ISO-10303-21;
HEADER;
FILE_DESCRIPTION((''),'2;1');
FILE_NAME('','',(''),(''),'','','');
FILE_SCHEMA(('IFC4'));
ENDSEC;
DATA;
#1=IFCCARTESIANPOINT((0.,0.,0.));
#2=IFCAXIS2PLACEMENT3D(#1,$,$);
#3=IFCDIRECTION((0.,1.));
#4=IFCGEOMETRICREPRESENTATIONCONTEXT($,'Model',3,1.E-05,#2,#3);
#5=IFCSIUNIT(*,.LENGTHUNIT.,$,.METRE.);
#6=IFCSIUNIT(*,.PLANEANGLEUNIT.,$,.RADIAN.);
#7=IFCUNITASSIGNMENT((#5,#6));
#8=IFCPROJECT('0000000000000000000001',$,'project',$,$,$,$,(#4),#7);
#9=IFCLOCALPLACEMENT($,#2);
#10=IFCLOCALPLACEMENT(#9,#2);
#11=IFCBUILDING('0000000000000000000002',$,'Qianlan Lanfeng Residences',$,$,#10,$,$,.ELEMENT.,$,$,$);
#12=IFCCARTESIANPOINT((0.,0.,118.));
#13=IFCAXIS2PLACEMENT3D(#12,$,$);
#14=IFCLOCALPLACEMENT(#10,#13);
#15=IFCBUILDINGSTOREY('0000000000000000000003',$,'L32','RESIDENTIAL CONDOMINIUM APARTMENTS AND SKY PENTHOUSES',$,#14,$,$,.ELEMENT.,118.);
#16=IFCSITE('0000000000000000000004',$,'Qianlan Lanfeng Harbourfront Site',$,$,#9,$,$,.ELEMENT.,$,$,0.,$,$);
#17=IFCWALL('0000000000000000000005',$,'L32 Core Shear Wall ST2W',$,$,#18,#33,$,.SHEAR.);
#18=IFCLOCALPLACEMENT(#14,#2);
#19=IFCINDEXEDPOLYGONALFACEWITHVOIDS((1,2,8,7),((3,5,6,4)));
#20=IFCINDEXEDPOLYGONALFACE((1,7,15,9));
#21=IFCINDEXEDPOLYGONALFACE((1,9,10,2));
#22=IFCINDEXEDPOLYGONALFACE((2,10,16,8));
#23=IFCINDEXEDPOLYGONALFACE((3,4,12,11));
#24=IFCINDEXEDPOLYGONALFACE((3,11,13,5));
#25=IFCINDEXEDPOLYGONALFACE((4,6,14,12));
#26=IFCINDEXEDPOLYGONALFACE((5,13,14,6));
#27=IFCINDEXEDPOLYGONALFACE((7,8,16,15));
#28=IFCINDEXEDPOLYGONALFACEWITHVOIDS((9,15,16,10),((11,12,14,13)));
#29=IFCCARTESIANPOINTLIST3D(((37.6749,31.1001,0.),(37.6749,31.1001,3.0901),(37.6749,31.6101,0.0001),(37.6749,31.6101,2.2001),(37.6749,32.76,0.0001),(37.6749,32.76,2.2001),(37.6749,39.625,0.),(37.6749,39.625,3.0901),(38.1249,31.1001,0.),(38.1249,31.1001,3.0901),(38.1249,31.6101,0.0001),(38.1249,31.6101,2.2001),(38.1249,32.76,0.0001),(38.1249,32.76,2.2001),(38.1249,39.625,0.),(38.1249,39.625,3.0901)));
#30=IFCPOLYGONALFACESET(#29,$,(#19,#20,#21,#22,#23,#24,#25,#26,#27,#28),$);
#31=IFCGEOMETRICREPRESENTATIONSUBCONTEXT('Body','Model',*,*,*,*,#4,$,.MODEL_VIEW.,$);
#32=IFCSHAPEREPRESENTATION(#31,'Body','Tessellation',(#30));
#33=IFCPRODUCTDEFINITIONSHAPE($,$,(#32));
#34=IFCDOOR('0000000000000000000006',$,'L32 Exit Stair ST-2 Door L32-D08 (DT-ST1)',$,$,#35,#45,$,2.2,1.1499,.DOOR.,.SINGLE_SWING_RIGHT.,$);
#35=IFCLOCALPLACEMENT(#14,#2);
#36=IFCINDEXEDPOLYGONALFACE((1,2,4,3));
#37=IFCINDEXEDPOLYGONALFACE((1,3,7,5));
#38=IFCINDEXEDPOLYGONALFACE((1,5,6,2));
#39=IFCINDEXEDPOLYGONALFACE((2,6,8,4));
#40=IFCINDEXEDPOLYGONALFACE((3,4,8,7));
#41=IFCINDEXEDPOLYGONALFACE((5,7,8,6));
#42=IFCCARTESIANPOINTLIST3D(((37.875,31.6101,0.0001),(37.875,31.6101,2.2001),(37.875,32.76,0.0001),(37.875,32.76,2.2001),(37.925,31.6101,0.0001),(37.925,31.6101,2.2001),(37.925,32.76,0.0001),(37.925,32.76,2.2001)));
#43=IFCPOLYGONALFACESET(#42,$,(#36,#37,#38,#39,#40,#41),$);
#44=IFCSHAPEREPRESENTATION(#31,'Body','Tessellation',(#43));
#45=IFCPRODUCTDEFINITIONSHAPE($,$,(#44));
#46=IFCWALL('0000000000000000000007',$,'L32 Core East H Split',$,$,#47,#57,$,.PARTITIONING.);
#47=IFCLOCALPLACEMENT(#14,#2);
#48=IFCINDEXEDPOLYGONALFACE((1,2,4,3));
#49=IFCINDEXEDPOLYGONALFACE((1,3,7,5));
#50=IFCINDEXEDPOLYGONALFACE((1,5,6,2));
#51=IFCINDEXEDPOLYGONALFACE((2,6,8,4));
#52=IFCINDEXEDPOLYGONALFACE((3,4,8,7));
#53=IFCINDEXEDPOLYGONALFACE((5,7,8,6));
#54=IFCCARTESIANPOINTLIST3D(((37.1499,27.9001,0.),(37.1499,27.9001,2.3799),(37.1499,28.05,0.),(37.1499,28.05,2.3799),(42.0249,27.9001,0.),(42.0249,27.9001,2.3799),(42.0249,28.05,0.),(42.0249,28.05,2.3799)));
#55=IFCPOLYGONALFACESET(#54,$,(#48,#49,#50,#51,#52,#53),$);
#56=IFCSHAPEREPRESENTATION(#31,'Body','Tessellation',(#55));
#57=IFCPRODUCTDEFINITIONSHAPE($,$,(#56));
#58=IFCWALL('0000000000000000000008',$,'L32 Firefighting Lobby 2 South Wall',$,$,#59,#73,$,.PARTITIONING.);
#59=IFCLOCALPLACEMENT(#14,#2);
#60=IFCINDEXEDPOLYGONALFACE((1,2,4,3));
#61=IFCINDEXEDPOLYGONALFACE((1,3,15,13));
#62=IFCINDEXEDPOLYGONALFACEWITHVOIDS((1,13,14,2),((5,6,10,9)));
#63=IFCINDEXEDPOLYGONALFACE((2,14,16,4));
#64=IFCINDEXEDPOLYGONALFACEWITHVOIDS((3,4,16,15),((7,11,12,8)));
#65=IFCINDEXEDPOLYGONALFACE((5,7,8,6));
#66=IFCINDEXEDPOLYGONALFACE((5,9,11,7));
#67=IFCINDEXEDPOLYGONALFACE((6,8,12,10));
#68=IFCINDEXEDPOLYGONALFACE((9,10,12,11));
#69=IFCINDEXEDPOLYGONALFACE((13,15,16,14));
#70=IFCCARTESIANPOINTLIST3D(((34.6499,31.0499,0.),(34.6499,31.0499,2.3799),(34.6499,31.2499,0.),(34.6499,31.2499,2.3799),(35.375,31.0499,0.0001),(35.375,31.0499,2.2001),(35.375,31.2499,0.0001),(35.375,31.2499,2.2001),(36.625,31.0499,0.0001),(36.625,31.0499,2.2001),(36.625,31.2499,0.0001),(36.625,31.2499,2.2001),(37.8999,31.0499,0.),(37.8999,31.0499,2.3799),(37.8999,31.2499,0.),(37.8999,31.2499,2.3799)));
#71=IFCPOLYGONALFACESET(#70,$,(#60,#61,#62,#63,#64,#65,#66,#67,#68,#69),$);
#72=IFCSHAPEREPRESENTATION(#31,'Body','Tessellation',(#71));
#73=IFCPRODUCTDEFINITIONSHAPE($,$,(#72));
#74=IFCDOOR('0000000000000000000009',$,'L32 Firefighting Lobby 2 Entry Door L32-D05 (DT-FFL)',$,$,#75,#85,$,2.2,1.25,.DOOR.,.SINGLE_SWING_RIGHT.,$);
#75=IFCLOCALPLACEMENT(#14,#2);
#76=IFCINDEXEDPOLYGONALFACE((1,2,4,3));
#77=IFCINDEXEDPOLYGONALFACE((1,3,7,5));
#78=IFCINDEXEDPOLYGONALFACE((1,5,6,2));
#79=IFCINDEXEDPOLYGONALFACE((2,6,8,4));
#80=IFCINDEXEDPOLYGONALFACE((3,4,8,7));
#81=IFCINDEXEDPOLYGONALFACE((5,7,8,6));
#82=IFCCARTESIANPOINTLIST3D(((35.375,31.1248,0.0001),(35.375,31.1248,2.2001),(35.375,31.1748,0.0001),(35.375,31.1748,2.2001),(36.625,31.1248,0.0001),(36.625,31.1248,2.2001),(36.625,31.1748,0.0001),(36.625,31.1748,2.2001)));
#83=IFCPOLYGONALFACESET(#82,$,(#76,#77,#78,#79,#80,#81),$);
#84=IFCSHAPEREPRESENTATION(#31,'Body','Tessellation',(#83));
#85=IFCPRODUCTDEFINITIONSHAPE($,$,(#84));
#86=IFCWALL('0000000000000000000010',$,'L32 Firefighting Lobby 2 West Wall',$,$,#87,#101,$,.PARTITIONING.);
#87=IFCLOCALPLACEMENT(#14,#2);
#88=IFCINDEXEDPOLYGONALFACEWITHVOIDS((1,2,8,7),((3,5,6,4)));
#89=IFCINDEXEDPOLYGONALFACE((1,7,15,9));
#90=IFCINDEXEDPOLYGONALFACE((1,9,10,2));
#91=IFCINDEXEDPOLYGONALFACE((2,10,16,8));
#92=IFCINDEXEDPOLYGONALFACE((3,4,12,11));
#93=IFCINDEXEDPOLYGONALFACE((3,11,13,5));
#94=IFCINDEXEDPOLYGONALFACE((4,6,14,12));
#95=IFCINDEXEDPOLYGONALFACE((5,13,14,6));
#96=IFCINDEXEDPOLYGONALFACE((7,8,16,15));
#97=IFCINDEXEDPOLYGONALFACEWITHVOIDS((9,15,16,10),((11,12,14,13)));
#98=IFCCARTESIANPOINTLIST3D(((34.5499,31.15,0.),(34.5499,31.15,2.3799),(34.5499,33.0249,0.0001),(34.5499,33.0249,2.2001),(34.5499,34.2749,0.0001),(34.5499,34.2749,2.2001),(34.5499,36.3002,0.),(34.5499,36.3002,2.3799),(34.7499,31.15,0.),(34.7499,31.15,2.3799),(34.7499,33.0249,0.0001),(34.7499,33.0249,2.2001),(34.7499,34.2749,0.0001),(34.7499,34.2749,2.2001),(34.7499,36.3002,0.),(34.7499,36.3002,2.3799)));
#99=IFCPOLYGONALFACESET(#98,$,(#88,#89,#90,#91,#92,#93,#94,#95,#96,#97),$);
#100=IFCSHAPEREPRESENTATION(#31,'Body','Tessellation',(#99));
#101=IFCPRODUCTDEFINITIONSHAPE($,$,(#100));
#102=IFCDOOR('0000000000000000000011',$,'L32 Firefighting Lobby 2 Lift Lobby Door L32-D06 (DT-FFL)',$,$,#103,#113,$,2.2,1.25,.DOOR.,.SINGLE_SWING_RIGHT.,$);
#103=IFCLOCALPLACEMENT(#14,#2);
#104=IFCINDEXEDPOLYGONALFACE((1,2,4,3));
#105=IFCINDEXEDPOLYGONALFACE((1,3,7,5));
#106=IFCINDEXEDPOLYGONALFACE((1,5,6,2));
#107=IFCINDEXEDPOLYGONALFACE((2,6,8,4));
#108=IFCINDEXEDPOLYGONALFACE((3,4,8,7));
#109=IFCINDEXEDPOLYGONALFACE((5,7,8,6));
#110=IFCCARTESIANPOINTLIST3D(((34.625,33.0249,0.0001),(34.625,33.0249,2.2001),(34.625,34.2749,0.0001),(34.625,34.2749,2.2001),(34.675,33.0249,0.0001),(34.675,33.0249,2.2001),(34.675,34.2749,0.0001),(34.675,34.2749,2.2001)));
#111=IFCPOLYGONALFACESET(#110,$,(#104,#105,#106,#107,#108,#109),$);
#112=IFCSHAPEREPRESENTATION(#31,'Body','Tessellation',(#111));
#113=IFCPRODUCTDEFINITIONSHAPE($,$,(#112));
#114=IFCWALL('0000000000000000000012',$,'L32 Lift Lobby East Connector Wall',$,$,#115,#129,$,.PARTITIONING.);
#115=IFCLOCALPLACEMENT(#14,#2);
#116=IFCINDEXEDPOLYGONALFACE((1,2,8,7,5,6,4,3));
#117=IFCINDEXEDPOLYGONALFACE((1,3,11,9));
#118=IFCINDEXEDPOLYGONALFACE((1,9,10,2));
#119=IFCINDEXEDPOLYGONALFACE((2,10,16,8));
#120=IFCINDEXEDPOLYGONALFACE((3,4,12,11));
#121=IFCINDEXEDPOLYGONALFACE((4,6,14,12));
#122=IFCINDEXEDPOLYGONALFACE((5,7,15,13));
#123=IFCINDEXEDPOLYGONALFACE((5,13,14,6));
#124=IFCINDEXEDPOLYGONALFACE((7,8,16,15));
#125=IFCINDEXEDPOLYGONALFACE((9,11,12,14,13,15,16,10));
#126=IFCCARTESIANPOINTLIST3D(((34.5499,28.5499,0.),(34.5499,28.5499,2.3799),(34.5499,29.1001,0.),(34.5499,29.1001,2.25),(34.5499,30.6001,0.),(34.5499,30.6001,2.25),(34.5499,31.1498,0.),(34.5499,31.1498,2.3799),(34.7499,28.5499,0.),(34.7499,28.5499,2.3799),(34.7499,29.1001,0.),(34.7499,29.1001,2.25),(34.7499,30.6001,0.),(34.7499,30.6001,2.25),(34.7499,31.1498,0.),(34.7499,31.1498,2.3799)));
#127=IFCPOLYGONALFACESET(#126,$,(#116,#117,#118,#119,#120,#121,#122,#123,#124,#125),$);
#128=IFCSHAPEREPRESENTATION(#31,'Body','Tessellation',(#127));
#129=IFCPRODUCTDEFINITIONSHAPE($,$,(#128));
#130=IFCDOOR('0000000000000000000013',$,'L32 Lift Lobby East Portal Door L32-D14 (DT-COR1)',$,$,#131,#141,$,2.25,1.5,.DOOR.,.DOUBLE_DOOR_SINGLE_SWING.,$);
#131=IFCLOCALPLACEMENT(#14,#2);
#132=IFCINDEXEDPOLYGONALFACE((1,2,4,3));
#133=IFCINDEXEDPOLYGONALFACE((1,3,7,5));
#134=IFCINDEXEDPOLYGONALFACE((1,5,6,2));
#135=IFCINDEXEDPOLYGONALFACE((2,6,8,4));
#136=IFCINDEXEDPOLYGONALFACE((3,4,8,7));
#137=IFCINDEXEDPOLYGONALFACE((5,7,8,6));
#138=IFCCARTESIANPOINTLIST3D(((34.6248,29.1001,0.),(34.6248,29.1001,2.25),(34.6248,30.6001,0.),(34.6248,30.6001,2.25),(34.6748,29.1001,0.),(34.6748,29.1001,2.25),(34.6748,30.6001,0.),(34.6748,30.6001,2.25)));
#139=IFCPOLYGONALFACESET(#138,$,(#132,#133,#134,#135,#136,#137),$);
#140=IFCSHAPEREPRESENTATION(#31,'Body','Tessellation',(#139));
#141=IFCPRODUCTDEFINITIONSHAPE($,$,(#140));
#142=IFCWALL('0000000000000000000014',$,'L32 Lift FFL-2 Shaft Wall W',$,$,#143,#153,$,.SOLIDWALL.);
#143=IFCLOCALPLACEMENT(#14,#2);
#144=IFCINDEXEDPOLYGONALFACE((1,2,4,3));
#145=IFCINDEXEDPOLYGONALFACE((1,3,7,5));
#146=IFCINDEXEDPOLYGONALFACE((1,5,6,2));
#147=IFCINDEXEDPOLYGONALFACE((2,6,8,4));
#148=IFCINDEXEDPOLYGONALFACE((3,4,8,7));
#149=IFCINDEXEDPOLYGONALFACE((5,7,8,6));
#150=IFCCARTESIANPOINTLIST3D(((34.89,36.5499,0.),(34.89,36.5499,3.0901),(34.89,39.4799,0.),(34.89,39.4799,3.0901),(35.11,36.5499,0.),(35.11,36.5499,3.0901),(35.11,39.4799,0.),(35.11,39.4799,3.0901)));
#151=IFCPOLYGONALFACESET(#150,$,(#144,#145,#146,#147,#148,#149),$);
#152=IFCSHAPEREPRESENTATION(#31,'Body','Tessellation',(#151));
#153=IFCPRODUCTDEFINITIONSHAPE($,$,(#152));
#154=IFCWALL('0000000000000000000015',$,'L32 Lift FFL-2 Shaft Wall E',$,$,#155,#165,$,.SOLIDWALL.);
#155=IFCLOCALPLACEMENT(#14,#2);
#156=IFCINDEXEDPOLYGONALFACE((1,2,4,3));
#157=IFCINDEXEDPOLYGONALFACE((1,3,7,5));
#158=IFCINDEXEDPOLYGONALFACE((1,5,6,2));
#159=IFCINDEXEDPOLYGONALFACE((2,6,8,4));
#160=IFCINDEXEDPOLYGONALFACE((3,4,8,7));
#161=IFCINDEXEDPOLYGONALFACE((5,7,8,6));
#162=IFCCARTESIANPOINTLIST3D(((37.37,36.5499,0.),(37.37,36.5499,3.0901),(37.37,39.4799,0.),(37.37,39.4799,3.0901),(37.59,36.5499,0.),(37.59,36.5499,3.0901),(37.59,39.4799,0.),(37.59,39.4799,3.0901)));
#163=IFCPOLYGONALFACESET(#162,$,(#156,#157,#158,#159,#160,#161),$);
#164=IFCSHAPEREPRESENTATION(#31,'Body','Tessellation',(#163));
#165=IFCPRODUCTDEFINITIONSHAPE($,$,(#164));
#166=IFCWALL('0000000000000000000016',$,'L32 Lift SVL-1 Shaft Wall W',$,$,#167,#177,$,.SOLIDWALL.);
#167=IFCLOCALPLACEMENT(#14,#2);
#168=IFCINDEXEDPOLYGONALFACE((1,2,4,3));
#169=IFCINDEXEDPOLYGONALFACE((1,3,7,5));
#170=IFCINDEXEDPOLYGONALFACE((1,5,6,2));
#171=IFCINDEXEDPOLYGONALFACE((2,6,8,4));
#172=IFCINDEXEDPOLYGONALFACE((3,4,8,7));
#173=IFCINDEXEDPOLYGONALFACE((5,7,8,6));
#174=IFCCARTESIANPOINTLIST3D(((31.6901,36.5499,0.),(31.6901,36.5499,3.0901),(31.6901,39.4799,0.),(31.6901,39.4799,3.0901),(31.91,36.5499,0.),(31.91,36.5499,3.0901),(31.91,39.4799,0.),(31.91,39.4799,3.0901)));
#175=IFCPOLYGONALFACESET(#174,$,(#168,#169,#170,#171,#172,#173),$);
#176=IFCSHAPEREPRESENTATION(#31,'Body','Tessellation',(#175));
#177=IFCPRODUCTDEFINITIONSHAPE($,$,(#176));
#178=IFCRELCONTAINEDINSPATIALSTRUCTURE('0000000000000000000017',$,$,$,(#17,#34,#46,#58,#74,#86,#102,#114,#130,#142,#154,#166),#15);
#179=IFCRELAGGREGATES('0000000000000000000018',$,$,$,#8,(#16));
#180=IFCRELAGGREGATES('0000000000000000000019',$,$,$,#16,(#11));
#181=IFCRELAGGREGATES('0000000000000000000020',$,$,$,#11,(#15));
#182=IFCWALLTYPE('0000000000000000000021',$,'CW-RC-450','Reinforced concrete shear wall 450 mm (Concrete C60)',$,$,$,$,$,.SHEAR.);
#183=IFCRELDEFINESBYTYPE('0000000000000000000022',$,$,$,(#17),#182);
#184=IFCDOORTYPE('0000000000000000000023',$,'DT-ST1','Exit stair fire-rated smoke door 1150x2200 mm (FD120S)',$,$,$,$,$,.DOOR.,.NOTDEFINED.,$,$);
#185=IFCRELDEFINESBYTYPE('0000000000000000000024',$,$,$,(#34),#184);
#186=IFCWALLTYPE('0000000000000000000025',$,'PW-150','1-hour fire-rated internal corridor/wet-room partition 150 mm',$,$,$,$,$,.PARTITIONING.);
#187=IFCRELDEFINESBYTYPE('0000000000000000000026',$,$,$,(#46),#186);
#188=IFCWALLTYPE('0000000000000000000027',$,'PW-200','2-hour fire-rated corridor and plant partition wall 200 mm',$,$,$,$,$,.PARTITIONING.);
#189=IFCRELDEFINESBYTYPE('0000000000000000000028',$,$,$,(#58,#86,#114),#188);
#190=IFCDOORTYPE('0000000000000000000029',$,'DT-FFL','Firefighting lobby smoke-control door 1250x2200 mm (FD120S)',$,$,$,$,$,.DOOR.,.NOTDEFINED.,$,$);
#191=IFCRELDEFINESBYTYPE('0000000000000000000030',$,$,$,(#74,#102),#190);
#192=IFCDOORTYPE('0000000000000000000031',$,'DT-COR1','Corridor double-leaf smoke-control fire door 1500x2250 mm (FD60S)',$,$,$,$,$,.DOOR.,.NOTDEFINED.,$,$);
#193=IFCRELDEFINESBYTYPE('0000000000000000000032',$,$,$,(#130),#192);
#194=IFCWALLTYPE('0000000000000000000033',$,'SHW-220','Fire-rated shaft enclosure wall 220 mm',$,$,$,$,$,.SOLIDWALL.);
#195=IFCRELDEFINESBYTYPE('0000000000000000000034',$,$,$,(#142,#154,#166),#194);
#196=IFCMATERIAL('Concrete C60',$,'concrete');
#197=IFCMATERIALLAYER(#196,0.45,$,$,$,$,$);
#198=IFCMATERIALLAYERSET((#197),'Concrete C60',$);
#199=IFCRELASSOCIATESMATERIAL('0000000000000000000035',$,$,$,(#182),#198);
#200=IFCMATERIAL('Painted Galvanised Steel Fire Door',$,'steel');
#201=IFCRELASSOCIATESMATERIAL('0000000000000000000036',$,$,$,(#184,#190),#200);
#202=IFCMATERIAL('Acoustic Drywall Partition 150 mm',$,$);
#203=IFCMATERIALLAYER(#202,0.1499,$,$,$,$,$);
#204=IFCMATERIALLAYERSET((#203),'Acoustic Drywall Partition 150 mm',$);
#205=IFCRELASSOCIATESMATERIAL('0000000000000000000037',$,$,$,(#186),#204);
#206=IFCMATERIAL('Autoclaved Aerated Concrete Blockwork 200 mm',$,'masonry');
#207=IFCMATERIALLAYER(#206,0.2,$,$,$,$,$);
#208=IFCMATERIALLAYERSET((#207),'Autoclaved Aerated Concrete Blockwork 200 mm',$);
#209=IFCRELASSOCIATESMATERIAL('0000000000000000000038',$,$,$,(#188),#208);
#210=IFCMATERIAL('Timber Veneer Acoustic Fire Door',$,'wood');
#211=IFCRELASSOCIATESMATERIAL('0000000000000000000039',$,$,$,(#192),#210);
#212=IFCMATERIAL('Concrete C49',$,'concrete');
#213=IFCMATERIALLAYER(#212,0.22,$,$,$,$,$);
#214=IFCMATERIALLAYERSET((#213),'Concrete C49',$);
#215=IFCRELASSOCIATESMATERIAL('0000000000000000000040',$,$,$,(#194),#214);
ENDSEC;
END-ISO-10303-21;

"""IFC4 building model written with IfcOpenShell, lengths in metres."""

from ifc_helpers import new_model, si_unit, direction, frame, frame_2d, origin, place, context, subcontext, project, spatial, rectangle, extrude, material, layer, layer_set, type_object, element, fill, save


model = new_model("IFC4")

# Units and contexts
model_context = context("Model", 3, precision=1e-05, world=origin(), true_north=direction((0.0, 1.0)))
body_context = subcontext(model_context, "Body", "Model", "MODEL_VIEW")
ifc_project = project(units=[si_unit("LENGTHUNIT", "METRE"), si_unit("PLANEANGLEUNIT", "RADIAN")], contexts=[model_context])

# Site, building, storey
site_placement = place(None, origin())
site = spatial("IfcSite", under=ifc_project, at=site_placement, Name="Qianlan Lanfeng Harbourfront Site", CompositionType="ELEMENT", RefElevation=0.0)
building_placement = place(site_placement, origin())
building = spatial("IfcBuilding", under=site, at=building_placement, Name="Qianlan Lanfeng Residences", CompositionType="ELEMENT")
storey_placement = place(building_placement, frame((0.0, 0.0, 118.0)))
storey = spatial("IfcBuildingStorey", under=building, at=storey_placement, Name="L32", Description="RESIDENTIAL CONDOMINIUM APARTMENTS AND SKY PENTHOUSES", CompositionType="ELEMENT", Elevation=118.0)

# Wall, opening, door
ifc_material_1 = material(Name="Concrete C60", Category="concrete")
ifc_layer_1 = layer(ifc_material_1, 0.45)
ifc_layer_set_1 = layer_set([ifc_layer_1], Name="Concrete C60")
wall_type_1 = type_object("IfcWallType", Name="CW-RC-450", Description="Reinforced concrete shear wall 450 mm (Concrete C60)", PredefinedType="SHEAR", material=ifc_layer_set_1)
wall_1_placement = place(storey_placement, frame((37.8999, 31.1001, 0.0), z_axis=(0.0, 0.0, 1.0), x_axis=(0.0, 1.0, 0.0)))
wall_1 = element("IfcWall", 1, at=wall_1_placement, inside=storey, type_object=wall_type_1, Name="L32 Core Shear Wall ST2W", PredefinedType="SHEAR", context=body_context, shape_type="SweptSolid", body=[
    extrude(rectangle(XDim=8.5249, YDim=0.45, at=frame_2d((4.2625, 0.0))), origin(), (0.0, 0.0, 1.0), 3.0901),
])
opening_1_placement = place(wall_1_placement, frame((0.51, 0.0, 0.0)))
opening_1 = element("IfcOpeningElement", 2, at=opening_1_placement, cuts=wall_1, PredefinedType="OPENING", context=body_context, shape_type="SweptSolid", body=[
    extrude(rectangle(XDim=1.1499, YDim=2.2, at=frame_2d((0.575, 1.1001))), frame((0.0, 0.2349, 0.0), z_axis=(0.0, -1.0, 0.0), x_axis=(1.0, 0.0, 0.0)), (0.0, 0.0, 1.0), 0.47),
])
ifc_material_2 = material(Name="Painted Galvanised Steel Fire Door", Category="steel")
door_type_1 = type_object("IfcDoorType", Name="DT-ST1", Description="Exit stair fire-rated smoke door 1150x2200 mm (FD120S)", OperationType="NOTDEFINED", PredefinedType="DOOR", material=ifc_material_2)
door_1_placement = place(opening_1_placement, origin())
door_1 = element("IfcDoor", 3, at=door_1_placement, inside=storey, type_object=door_type_1, Name="L32 Exit Stair ST-2 Door L32-D08 (DT-ST1)", OperationType="SINGLE_SWING_RIGHT", OverallHeight=2.2, OverallWidth=1.1499, PredefinedType="DOOR", context=body_context, shape_type="SweptSolid", body=[
    extrude(rectangle(XDim=1.1499, YDim=2.2, at=frame_2d((0.575, 1.1001))), frame((0.0, 0.0249, 0.0), z_axis=(0.0, -1.0, 0.0), x_axis=(1.0, 0.0, 0.0)), (0.0, 0.0, 1.0), 0.05),
])
fill(opening_1, door_1)

# Wall
ifc_material_3 = material(Name="Acoustic Drywall Partition 150 mm")
ifc_layer_2 = layer(ifc_material_3, 0.1499)
ifc_layer_set_2 = layer_set([ifc_layer_2], Name="Acoustic Drywall Partition 150 mm")
wall_type_2 = type_object("IfcWallType", Name="PW-150", Description="1-hour fire-rated internal corridor/wet-room partition 150 mm", PredefinedType="PARTITIONING", material=ifc_layer_set_2)
wall_2_placement = place(storey_placement, frame((37.1499, 27.9751, 0.0), z_axis=(0.0, 0.0, 1.0), x_axis=(1.0, 0.0, 0.0)))
element("IfcWall", 4, at=wall_2_placement, inside=storey, type_object=wall_type_2, Name="L32 Core East H Split", PredefinedType="PARTITIONING", context=body_context, shape_type="SweptSolid", body=[
    extrude(rectangle(XDim=4.875, YDim=0.1499, at=frame_2d((2.4375, 0.0))), origin(), (0.0, 0.0, 1.0), 2.3799),
])

# Walls, openings, doors
ifc_material_4 = material(Name="Autoclaved Aerated Concrete Blockwork 200 mm", Category="masonry")
ifc_layer_3 = layer(ifc_material_4, 0.2)
ifc_layer_set_3 = layer_set([ifc_layer_3], Name="Autoclaved Aerated Concrete Blockwork 200 mm")
wall_type_3 = type_object("IfcWallType", Name="PW-200", Description="2-hour fire-rated corridor and plant partition wall 200 mm", PredefinedType="PARTITIONING", material=ifc_layer_set_3)
wall_3_placement = place(storey_placement, frame((34.6499, 31.1499, 0.0), z_axis=(0.0, 0.0, 1.0), x_axis=(1.0, 0.0, 0.0)))
wall_3 = element("IfcWall", 5, at=wall_3_placement, inside=storey, type_object=wall_type_3, Name="L32 Firefighting Lobby 2 South Wall", PredefinedType="PARTITIONING", context=body_context, shape_type="SweptSolid", body=[
    extrude(rectangle(XDim=3.25, YDim=0.2, at=frame_2d((1.625, 0.0))), origin(), (0.0, 0.0, 1.0), 2.3799),
])
opening_2_placement = place(wall_3_placement, frame((0.7251, 0.0, 0.0)))
opening_2 = element("IfcOpeningElement", 6, at=opening_2_placement, cuts=wall_3, PredefinedType="OPENING", context=body_context, shape_type="SweptSolid", body=[
    extrude(rectangle(XDim=1.25, YDim=2.2, at=frame_2d((0.625, 1.1001))), frame((0.0, 0.1099, 0.0), z_axis=(0.0, -1.0, 0.0), x_axis=(1.0, 0.0, 0.0)), (0.0, 0.0, 1.0), 0.22),
])
door_type_2 = type_object("IfcDoorType", Name="DT-FFL", Description="Firefighting lobby smoke-control door 1250x2200 mm (FD120S)", OperationType="NOTDEFINED", PredefinedType="DOOR", material=ifc_material_2)
door_2_placement = place(opening_2_placement, origin())
door_2 = element("IfcDoor", 7, at=door_2_placement, inside=storey, type_object=door_type_2, Name="L32 Firefighting Lobby 2 Entry Door L32-D05 (DT-FFL)", OperationType="SINGLE_SWING_RIGHT", OverallHeight=2.2, OverallWidth=1.25, PredefinedType="DOOR", context=body_context, shape_type="SweptSolid", body=[
    extrude(rectangle(XDim=1.25, YDim=2.2, at=frame_2d((0.625, 1.1001))), frame((0.0, 0.0249, 0.0), z_axis=(0.0, -1.0, 0.0), x_axis=(1.0, 0.0, 0.0)), (0.0, 0.0, 1.0), 0.05),
])
fill(opening_2, door_2)
wall_4_placement = place(storey_placement, frame((34.6499, 31.1499, 0.0), z_axis=(0.0, 0.0, 1.0), x_axis=(0.0, 1.0, 0.0)))
wall_4 = element("IfcWall", 8, at=wall_4_placement, inside=storey, type_object=wall_type_3, Name="L32 Firefighting Lobby 2 West Wall", PredefinedType="PARTITIONING", context=body_context, shape_type="SweptSolid", body=[
    extrude(rectangle(XDim=5.1501, YDim=0.2, at=frame_2d((2.5752, 0.0))), origin(), (0.0, 0.0, 1.0), 2.3799),
])
opening_3_placement = place(wall_4_placement, frame((1.875, 0.0, 0.0)))
opening_3 = element("IfcOpeningElement", 9, at=opening_3_placement, cuts=wall_4, PredefinedType="OPENING", context=body_context, shape_type="SweptSolid", body=[
    extrude(rectangle(XDim=1.25, YDim=2.2, at=frame_2d((0.625, 1.1001))), frame((0.0, 0.1099, 0.0), z_axis=(0.0, -1.0, 0.0), x_axis=(1.0, 0.0, 0.0)), (0.0, 0.0, 1.0), 0.22),
])
door_3_placement = place(opening_3_placement, origin())
door_3 = element("IfcDoor", 10, at=door_3_placement, inside=storey, type_object=door_type_2, Name="L32 Firefighting Lobby 2 Lift Lobby Door L32-D06 (DT-FFL)", OperationType="SINGLE_SWING_RIGHT", OverallHeight=2.2, OverallWidth=1.25, PredefinedType="DOOR", context=body_context, shape_type="SweptSolid", body=[
    extrude(rectangle(XDim=1.25, YDim=2.2, at=frame_2d((0.625, 1.1001))), frame((0.0, 0.0249, 0.0), z_axis=(0.0, -1.0, 0.0), x_axis=(1.0, 0.0, 0.0)), (0.0, 0.0, 1.0), 0.05),
])
fill(opening_3, door_3)
wall_5_placement = place(storey_placement, frame((34.6499, 28.55, 0.0), z_axis=(0.0, 0.0, 1.0), x_axis=(0.0, 1.0, 0.0)))
wall_5 = element("IfcWall", 11, at=wall_5_placement, inside=storey, type_object=wall_type_3, Name="L32 Lift Lobby East Connector Wall", PredefinedType="PARTITIONING", context=body_context, shape_type="SweptSolid", body=[
    extrude(rectangle(XDim=2.5999, YDim=0.2, at=frame_2d((1.2998, 0.0))), origin(), (0.0, 0.0, 1.0), 2.3799),
])
opening_4_placement = place(wall_5_placement, frame((0.55, 0.0, 0.0)))
opening_4 = element("IfcOpeningElement", 12, at=opening_4_placement, cuts=wall_5, PredefinedType="OPENING", context=body_context, shape_type="SweptSolid", body=[
    extrude(rectangle(XDim=1.5, YDim=2.25, at=frame_2d((0.75, 1.125))), frame((0.0, 0.1099, 0.0), z_axis=(0.0, -1.0, 0.0), x_axis=(1.0, 0.0, 0.0)), (0.0, 0.0, 1.0), 0.22),
])
ifc_material_5 = material(Name="Timber Veneer Acoustic Fire Door", Category="wood")
door_type_3 = type_object("IfcDoorType", Name="DT-COR1", Description="Corridor double-leaf smoke-control fire door 1500x2250 mm (FD60S)", OperationType="NOTDEFINED", PredefinedType="DOOR", material=ifc_material_5)
door_4_placement = place(opening_4_placement, frame((1.5, 0.0, 0.0), z_axis=(0.0, 0.0, 1.0), x_axis=(-1.0, 0.0, 0.0)))
door_4 = element("IfcDoor", 13, at=door_4_placement, inside=storey, type_object=door_type_3, Name="L32 Lift Lobby East Portal Door L32-D14 (DT-COR1)", OperationType="DOUBLE_DOOR_SINGLE_SWING", OverallHeight=2.25, OverallWidth=1.5, PredefinedType="DOOR", context=body_context, shape_type="SweptSolid", body=[
    extrude(rectangle(XDim=1.5, YDim=2.25, at=frame_2d((0.75, 1.125))), frame((0.0, 0.0249, 0.0), z_axis=(0.0, -1.0, 0.0), x_axis=(1.0, 0.0, 0.0)), (0.0, 0.0, 1.0), 0.05),
])
fill(opening_4, door_4)

# Walls
ifc_material_6 = material(Name="Concrete C49", Category="concrete")
ifc_layer_4 = layer(ifc_material_6, 0.22)
ifc_layer_set_4 = layer_set([ifc_layer_4], Name="Concrete C49")
wall_type_4 = type_object("IfcWallType", Name="SHW-220", Description="Fire-rated shaft enclosure wall 220 mm", PredefinedType="SOLIDWALL", material=ifc_layer_set_4)
for number, where, z_axis, x_axis, name in (
    (14, (35.0, 36.55, 0.0), (0.0, 0.0, 1.0), (0.0, 1.0, 0.0), "L32 Lift FFL-2 Shaft Wall W"),
    (15, (37.48, 36.55, 0.0), (0.0, 0.0, 1.0), (0.0, 1.0, 0.0), "L32 Lift FFL-2 Shaft Wall E"),
    (16, (31.8, 36.55, 0.0), (0.0, 0.0, 1.0), (0.0, 1.0, 0.0), "L32 Lift SVL-1 Shaft Wall W"),
):
    element("IfcWall", number, at=place(storey_placement, frame(where, z_axis=z_axis, x_axis=x_axis)), inside=storey, type_object=wall_type_4, Name=name, PredefinedType="SOLIDWALL", context=body_context, shape_type="SweptSolid", body=[
        extrude(rectangle(XDim=2.9299, YDim=0.22, at=frame_2d((1.4648, 0.0))), origin(), (0.0, 0.0, 1.0), 3.0901),
    ])

save(model, "model.ifc")
